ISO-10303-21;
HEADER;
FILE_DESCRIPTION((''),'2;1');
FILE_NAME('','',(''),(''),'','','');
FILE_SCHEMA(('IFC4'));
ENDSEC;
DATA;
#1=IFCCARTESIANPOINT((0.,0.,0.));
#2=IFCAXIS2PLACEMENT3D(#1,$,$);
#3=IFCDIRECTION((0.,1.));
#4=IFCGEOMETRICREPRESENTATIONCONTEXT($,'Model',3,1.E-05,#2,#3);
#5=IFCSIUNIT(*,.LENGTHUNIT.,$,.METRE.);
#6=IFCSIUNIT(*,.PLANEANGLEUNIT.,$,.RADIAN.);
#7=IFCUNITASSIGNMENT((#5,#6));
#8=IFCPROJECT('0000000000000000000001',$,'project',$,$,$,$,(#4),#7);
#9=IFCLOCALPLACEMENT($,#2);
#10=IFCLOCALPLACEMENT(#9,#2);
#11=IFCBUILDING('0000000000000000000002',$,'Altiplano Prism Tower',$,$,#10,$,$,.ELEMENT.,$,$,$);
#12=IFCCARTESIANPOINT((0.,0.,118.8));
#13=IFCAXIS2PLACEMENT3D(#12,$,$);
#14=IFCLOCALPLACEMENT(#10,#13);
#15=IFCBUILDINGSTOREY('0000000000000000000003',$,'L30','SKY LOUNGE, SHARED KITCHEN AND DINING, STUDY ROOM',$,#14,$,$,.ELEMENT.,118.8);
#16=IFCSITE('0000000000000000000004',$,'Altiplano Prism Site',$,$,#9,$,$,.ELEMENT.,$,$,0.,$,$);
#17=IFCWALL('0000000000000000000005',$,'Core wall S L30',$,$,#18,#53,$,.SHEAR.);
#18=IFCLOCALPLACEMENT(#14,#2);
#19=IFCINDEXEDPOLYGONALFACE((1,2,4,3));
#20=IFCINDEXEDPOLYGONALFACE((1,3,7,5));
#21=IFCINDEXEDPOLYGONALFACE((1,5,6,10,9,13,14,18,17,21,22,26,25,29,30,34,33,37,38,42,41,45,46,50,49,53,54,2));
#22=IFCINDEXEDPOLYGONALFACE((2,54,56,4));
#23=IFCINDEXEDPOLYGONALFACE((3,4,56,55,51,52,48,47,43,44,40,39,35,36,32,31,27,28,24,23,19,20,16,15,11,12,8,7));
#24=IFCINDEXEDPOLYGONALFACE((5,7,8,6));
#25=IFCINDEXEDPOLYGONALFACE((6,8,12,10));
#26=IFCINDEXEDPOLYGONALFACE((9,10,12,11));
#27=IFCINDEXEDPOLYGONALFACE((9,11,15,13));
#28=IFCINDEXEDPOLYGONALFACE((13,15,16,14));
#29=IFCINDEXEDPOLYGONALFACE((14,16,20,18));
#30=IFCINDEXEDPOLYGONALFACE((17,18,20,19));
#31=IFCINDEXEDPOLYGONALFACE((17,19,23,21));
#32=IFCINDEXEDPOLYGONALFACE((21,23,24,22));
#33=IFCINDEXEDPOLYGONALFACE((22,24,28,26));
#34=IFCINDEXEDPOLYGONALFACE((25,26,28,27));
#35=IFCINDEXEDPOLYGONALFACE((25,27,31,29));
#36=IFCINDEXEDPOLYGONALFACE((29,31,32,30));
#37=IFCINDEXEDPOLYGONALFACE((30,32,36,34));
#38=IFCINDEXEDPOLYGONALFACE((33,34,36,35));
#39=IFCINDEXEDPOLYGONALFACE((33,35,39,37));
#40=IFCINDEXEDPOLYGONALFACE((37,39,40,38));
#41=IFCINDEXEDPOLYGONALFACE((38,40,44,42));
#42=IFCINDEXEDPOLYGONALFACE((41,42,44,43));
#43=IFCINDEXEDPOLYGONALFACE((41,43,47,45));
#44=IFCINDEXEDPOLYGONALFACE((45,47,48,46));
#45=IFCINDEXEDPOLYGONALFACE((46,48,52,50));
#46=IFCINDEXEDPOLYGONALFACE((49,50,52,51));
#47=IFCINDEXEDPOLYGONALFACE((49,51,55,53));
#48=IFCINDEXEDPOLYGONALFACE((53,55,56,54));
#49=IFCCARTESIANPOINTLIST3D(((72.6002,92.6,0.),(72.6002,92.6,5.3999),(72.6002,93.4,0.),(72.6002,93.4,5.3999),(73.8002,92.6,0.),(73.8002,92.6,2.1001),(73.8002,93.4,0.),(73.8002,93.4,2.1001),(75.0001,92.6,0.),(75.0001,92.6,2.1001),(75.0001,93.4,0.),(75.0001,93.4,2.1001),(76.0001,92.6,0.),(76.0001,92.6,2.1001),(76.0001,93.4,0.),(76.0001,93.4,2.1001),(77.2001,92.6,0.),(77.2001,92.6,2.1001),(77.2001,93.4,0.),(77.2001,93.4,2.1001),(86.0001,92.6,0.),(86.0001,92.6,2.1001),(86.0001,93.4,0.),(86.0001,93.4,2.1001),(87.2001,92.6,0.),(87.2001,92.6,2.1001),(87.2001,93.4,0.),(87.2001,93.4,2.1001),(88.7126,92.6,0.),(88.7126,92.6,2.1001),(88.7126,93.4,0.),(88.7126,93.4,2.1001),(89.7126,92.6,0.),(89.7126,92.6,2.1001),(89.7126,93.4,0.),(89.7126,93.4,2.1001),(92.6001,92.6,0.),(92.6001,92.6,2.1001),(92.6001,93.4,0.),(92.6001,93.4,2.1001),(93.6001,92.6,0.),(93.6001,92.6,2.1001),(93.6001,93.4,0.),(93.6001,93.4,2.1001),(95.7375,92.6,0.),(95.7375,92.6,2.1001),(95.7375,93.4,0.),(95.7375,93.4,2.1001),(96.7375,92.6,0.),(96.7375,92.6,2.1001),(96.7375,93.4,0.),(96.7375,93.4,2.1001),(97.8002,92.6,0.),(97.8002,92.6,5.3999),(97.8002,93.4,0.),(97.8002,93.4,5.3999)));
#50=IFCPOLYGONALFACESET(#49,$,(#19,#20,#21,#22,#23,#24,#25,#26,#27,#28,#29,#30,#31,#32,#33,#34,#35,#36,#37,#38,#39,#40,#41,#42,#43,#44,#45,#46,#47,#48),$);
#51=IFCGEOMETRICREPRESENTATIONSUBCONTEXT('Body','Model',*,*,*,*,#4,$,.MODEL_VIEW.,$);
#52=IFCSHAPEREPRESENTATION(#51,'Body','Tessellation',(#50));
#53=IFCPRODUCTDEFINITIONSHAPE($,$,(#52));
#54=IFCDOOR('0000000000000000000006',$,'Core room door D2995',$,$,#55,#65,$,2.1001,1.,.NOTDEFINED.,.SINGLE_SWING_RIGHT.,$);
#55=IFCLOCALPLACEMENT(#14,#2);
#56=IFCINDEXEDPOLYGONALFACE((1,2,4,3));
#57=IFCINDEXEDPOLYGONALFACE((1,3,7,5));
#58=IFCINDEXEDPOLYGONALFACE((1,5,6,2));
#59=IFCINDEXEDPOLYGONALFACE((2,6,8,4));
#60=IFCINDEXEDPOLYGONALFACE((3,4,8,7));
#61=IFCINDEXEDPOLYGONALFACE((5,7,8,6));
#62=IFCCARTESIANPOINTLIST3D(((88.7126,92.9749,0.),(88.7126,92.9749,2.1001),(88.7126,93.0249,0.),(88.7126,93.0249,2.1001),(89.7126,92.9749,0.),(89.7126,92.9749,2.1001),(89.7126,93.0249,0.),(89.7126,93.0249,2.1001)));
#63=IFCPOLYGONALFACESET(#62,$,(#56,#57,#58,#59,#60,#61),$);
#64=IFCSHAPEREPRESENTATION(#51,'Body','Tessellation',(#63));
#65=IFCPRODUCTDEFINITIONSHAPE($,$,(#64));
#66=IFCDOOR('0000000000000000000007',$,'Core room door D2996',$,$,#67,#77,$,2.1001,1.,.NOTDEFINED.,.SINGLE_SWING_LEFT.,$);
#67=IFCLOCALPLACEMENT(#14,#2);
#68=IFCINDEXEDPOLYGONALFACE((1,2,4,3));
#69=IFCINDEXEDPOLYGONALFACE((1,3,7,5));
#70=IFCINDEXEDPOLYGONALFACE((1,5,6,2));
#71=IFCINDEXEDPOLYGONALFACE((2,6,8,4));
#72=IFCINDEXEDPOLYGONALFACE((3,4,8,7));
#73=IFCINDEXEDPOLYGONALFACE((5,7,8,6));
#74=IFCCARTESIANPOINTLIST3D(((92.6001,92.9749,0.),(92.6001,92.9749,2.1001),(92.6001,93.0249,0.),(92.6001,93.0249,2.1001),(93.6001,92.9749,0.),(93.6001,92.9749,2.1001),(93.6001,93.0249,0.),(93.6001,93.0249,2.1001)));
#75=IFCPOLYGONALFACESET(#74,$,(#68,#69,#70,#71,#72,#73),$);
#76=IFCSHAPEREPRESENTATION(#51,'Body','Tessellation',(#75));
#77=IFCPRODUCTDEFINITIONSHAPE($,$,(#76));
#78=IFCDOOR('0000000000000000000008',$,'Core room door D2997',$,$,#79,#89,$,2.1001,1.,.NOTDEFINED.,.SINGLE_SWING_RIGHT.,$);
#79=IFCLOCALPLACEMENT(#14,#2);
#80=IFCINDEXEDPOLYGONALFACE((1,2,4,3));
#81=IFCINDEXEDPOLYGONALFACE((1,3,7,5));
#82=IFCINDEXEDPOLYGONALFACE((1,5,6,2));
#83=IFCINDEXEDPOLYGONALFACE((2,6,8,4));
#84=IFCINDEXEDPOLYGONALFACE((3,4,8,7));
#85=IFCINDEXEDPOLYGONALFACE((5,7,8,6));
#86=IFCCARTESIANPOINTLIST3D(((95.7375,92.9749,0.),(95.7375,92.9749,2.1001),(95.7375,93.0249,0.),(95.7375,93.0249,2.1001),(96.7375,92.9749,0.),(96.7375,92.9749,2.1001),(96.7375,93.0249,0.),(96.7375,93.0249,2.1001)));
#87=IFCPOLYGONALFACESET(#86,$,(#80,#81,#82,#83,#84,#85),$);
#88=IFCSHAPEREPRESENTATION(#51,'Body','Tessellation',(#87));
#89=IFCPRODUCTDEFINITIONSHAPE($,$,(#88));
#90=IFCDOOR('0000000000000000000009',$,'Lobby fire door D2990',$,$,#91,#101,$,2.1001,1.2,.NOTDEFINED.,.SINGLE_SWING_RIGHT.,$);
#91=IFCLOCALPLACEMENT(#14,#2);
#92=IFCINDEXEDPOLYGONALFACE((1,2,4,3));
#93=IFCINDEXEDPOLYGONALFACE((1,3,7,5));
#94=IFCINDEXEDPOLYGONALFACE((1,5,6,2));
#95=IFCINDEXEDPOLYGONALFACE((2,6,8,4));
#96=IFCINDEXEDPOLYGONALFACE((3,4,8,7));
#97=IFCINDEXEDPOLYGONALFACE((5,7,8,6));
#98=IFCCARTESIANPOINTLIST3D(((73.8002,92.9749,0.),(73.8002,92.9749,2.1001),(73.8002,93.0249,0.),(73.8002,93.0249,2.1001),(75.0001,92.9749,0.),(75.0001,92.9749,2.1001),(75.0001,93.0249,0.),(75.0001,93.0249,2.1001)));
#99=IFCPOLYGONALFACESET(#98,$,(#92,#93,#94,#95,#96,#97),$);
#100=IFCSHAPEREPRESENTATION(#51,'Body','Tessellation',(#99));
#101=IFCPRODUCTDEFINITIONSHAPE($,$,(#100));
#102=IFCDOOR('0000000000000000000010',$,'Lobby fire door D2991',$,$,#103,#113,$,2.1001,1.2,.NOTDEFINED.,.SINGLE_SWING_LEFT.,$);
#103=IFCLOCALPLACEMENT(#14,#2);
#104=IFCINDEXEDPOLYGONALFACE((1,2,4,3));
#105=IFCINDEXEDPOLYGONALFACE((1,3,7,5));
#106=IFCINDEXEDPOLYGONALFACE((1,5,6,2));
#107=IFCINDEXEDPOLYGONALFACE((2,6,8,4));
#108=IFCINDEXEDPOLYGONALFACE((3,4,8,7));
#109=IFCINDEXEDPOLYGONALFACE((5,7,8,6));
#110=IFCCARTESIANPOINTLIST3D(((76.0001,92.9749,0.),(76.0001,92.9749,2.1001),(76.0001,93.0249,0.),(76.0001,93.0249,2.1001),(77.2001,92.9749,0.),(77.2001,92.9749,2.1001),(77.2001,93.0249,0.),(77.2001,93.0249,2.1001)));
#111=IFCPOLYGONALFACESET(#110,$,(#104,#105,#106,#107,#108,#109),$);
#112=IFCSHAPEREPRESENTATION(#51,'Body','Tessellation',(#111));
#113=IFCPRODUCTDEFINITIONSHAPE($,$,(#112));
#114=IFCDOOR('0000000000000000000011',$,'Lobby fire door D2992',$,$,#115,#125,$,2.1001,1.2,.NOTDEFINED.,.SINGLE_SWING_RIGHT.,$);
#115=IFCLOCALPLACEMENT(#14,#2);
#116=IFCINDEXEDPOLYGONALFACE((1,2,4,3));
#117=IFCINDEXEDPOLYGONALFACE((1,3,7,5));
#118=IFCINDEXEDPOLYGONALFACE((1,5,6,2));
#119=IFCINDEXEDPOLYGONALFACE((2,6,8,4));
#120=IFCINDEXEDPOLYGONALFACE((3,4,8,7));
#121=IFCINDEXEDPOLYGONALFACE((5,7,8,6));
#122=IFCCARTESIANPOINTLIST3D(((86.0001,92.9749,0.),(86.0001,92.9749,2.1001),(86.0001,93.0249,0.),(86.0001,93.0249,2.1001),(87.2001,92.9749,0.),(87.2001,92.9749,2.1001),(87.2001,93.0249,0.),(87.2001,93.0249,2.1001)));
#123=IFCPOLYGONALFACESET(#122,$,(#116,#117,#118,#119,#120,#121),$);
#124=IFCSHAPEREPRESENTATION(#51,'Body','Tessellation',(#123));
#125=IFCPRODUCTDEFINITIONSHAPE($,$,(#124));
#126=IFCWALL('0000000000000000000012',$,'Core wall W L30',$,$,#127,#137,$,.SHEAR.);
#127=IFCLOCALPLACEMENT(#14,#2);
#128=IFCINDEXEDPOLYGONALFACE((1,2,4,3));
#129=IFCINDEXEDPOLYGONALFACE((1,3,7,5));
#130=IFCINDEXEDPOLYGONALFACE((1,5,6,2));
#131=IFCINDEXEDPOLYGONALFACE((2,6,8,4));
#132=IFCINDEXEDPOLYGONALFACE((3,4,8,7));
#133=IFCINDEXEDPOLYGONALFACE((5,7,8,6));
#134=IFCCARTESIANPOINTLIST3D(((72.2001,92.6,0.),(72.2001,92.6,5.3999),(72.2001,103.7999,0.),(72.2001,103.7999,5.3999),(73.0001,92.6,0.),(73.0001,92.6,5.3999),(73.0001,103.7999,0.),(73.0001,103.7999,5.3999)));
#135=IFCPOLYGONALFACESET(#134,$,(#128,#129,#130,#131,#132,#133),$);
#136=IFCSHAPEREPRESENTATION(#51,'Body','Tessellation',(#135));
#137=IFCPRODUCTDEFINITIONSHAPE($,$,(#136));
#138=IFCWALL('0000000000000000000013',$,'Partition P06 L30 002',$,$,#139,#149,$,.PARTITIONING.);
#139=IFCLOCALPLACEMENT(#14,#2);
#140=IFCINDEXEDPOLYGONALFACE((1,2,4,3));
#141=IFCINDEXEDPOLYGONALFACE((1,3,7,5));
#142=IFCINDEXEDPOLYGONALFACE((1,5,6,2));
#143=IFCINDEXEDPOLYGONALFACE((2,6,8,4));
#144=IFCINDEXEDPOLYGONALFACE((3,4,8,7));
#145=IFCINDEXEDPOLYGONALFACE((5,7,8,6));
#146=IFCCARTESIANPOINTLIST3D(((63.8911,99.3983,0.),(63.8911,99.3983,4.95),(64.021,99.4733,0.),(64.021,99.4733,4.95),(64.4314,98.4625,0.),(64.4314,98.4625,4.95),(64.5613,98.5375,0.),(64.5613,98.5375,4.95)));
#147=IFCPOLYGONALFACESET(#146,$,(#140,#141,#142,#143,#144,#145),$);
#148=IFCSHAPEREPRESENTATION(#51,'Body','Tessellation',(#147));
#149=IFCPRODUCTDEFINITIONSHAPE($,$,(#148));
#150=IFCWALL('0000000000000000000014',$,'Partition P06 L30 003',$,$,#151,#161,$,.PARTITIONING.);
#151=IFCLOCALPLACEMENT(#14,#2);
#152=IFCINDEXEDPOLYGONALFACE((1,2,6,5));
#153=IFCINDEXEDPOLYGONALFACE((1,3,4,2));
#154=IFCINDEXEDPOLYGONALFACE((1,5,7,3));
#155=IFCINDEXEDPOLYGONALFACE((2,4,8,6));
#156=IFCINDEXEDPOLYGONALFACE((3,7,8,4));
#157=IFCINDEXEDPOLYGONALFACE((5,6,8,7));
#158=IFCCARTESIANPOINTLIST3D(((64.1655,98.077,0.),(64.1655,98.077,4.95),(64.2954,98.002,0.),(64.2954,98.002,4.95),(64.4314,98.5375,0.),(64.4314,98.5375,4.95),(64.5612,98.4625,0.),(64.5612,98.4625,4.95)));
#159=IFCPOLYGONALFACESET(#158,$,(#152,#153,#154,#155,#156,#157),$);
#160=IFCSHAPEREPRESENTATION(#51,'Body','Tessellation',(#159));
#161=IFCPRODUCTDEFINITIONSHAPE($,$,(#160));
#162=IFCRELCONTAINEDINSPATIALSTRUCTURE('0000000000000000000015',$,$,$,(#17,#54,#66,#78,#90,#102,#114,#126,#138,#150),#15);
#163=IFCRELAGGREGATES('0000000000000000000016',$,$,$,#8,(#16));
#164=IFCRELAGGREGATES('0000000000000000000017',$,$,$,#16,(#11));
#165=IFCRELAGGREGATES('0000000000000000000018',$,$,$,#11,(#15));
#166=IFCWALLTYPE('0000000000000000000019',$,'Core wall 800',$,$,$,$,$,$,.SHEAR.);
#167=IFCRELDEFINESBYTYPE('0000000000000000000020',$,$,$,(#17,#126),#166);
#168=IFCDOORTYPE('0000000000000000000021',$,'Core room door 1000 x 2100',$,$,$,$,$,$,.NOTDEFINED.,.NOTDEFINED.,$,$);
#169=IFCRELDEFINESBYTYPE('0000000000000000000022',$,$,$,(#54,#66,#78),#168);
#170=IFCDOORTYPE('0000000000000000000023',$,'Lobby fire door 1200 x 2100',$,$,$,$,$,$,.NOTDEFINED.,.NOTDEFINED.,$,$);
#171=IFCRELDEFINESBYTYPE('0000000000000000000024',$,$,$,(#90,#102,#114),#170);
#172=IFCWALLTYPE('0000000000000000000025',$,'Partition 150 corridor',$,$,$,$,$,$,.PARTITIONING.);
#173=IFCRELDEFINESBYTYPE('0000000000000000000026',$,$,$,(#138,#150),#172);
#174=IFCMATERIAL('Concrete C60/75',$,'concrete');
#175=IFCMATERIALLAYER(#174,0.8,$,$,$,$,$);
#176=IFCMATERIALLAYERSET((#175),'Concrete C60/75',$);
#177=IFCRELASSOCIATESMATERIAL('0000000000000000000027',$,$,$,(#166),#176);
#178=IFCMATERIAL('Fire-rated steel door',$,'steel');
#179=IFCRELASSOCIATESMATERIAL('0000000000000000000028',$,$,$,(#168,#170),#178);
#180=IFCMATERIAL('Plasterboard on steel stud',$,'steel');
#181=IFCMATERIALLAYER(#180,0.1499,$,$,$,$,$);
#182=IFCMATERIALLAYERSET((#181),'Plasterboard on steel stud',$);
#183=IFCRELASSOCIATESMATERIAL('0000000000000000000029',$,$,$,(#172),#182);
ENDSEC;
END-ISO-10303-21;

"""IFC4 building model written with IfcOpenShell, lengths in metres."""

from ifc_helpers import new_model, si_unit, direction, frame, frame_2d, origin, place, context, subcontext, project, spatial, rectangle, extrude, material, layer, layer_set, type_object, element, fill, save


model = new_model("IFC4")

# Units and contexts
model_context = context("Model", 3, precision=1e-05, world=origin(), true_north=direction((0.0, 1.0)))
body_context = subcontext(model_context, "Body", "Model", "MODEL_VIEW")
ifc_project = project(units=[si_unit("LENGTHUNIT", "METRE"), si_unit("PLANEANGLEUNIT", "RADIAN")], contexts=[model_context])

# Site, building, storey
site_placement = place(None, origin())
site = spatial("IfcSite", under=ifc_project, at=site_placement, Name="Altiplano Prism Site", CompositionType="ELEMENT", RefElevation=0.0)
building_placement = place(site_placement, origin())
building = spatial("IfcBuilding", under=site, at=building_placement, Name="Altiplano Prism Tower", CompositionType="ELEMENT")
storey_placement = place(building_placement, frame((0.0, 0.0, 118.8)))
storey = spatial("IfcBuildingStorey", under=building, at=storey_placement, Name="L30", Description="SKY LOUNGE, SHARED KITCHEN AND DINING, STUDY ROOM", CompositionType="ELEMENT", Elevation=118.8)

# Shared definitions
ifc_material_1 = material(Name="Concrete C60/75", Category="concrete")

# Wall, openings, doors
ifc_layer_1 = layer(ifc_material_1, 0.8)
ifc_layer_set_1 = layer_set([ifc_layer_1], Name="Concrete C60/75")
wall_type_1 = type_object("IfcWallType", Name="Core wall 800", PredefinedType="SHEAR", material=ifc_layer_set_1)
wall_1_placement = place(storey_placement, frame((72.6001, 93.0, 0.0), z_axis=(0.0, 0.0, 1.0), x_axis=(1.0, 0.0, 0.0)))
wall_1 = element("IfcWall", 1, at=wall_1_placement, inside=storey, type_object=wall_type_1, Name="Core wall S L30", PredefinedType="SHEAR", context=body_context, shape_type="SweptSolid", body=[
    extrude(rectangle(XDim=25.2, YDim=0.8, at=frame_2d((12.6001, 0.0))), origin(), (0.0, 0.0, 1.0), 5.3999),
])
opening_1_placement = place(wall_1_placement, frame((1.2, 0.0, 0.0)))
opening_1 = element("IfcOpeningElement", 2, at=opening_1_placement, cuts=wall_1, PredefinedType="OPENING", context=body_context, shape_type="SweptSolid", body=[
    extrude(rectangle(XDim=1.2, YDim=2.1001, at=frame_2d((0.6001, 1.05))), frame((0.0, 0.4106, 0.0), z_axis=(0.0, -1.0, 0.0), x_axis=(1.0, 0.0, 0.0)), (0.0, 0.0, 1.0), 0.821),
])
opening_2_placement = place(wall_1_placement, frame((3.3999, 0.0, 0.0)))
opening_2 = element("IfcOpeningElement", 3, at=opening_2_placement, cuts=wall_1, PredefinedType="OPENING", context=body_context, shape_type="SweptSolid", body=[
    extrude(rectangle(XDim=1.2, YDim=2.1001, at=frame_2d((0.6001, 1.05))), frame((0.0, 0.4106, 0.0), z_axis=(0.0, -1.0, 0.0), x_axis=(1.0, 0.0, 0.0)), (0.0, 0.0, 1.0), 0.821),
])
opening_3_placement = place(wall_1_placement, frame((13.3999, 0.0, 0.0)))
opening_3 = element("IfcOpeningElement", 4, at=opening_3_placement, cuts=wall_1, PredefinedType="OPENING", context=body_context, shape_type="SweptSolid", body=[
    extrude(rectangle(XDim=1.2, YDim=2.1001, at=frame_2d((0.6001, 1.05))), frame((0.0, 0.4106, 0.0), z_axis=(0.0, -1.0, 0.0), x_axis=(1.0, 0.0, 0.0)), (0.0, 0.0, 1.0), 0.821),
])
opening_4_placement = place(wall_1_placement, frame((16.1125, 0.0, 0.0)))
opening_4 = element("IfcOpeningElement", 5, at=opening_4_placement, cuts=wall_1, PredefinedType="OPENING", context=body_context, shape_type="SweptSolid", body=[
    extrude(rectangle(XDim=1.0, YDim=2.1001, at=frame_2d((0.5, 1.05))), frame((0.0, 0.4106, 0.0), z_axis=(0.0, -1.0, 0.0), x_axis=(1.0, 0.0, 0.0)), (0.0, 0.0, 1.0), 0.821),
])
opening_5_placement = place(wall_1_placement, frame((20.0, 0.0, 0.0)))
opening_5 = element("IfcOpeningElement", 6, at=opening_5_placement, cuts=wall_1, PredefinedType="OPENING", context=body_context, shape_type="SweptSolid", body=[
    extrude(rectangle(XDim=1.0, YDim=2.1001, at=frame_2d((0.5, 1.05))), frame((0.0, 0.4106, 0.0), z_axis=(0.0, -1.0, 0.0), x_axis=(1.0, 0.0, 0.0)), (0.0, 0.0, 1.0), 0.821),
])
opening_6_placement = place(wall_1_placement, frame((23.1375, 0.0, 0.0)))
opening_6 = element("IfcOpeningElement", 7, at=opening_6_placement, cuts=wall_1, PredefinedType="OPENING", context=body_context, shape_type="SweptSolid", body=[
    extrude(rectangle(XDim=1.0, YDim=2.1001, at=frame_2d((0.5, 1.05))), frame((0.0, 0.4106, 0.0), z_axis=(0.0, -1.0, 0.0), x_axis=(1.0, 0.0, 0.0)), (0.0, 0.0, 1.0), 0.821),
])
ifc_material_2 = material(Name="Fire-rated steel door", Category="steel")
door_type_1 = type_object("IfcDoorType", Name="Core room door 1000 x 2100", OperationType="NOTDEFINED", PredefinedType="NOTDEFINED", material=ifc_material_2)
door_1_placement = place(opening_4_placement, origin())
door_1 = element("IfcDoor", 8, at=door_1_placement, inside=storey, type_object=door_type_1, Name="Core room door D2995", OperationType="SINGLE_SWING_RIGHT", OverallHeight=2.1001, OverallWidth=1.0, PredefinedType="NOTDEFINED", context=body_context, shape_type="SweptSolid", body=[
    extrude(rectangle(XDim=1.0, YDim=2.1001, at=frame_2d((0.5, 1.05))), frame((0.0, 0.0249, 0.0), z_axis=(0.0, -1.0, 0.0), x_axis=(1.0, 0.0, 0.0)), (0.0, 0.0, 1.0), 0.05),
])
fill(opening_4, door_1)
door_2_placement = place(opening_5_placement, origin())
door_2 = element("IfcDoor", 9, at=door_2_placement, inside=storey, type_object=door_type_1, Name="Core room door D2996", OperationType="SINGLE_SWING_LEFT", OverallHeight=2.1001, OverallWidth=1.0, PredefinedType="NOTDEFINED", context=body_context, shape_type="SweptSolid", body=[
    extrude(rectangle(XDim=1.0, YDim=2.1001, at=frame_2d((0.5, 1.05))), frame((0.0, 0.0249, 0.0), z_axis=(0.0, -1.0, 0.0), x_axis=(1.0, 0.0, 0.0)), (0.0, 0.0, 1.0), 0.05),
])
fill(opening_5, door_2)
door_3_placement = place(opening_6_placement, origin())
door_3 = element("IfcDoor", 10, at=door_3_placement, inside=storey, type_object=door_type_1, Name="Core room door D2997", OperationType="SINGLE_SWING_RIGHT", OverallHeight=2.1001, OverallWidth=1.0, PredefinedType="NOTDEFINED", context=body_context, shape_type="SweptSolid", body=[
    extrude(rectangle(XDim=1.0, YDim=2.1001, at=frame_2d((0.5, 1.05))), frame((0.0, 0.0249, 0.0), z_axis=(0.0, -1.0, 0.0), x_axis=(1.0, 0.0, 0.0)), (0.0, 0.0, 1.0), 0.05),
])
fill(opening_6, door_3)
door_type_2 = type_object("IfcDoorType", Name="Lobby fire door 1200 x 2100", OperationType="NOTDEFINED", PredefinedType="NOTDEFINED", material=ifc_material_2)
door_4_placement = place(opening_1_placement, origin())
door_4 = element("IfcDoor", 11, at=door_4_placement, inside=storey, type_object=door_type_2, Name="Lobby fire door D2990", OperationType="SINGLE_SWING_RIGHT", OverallHeight=2.1001, OverallWidth=1.2, PredefinedType="NOTDEFINED", context=body_context, shape_type="SweptSolid", body=[
    extrude(rectangle(XDim=1.2, YDim=2.1001, at=frame_2d((0.6001, 1.05))), frame((0.0, 0.0249, 0.0), z_axis=(0.0, -1.0, 0.0), x_axis=(1.0, 0.0, 0.0)), (0.0, 0.0, 1.0), 0.05),
])
fill(opening_1, door_4)
door_5_placement = place(opening_2_placement, origin())
door_5 = element("IfcDoor", 12, at=door_5_placement, inside=storey, type_object=door_type_2, Name="Lobby fire door D2991", OperationType="SINGLE_SWING_LEFT", OverallHeight=2.1001, OverallWidth=1.2, PredefinedType="NOTDEFINED", context=body_context, shape_type="SweptSolid", body=[
    extrude(rectangle(XDim=1.2, YDim=2.1001, at=frame_2d((0.6001, 1.05))), frame((0.0, 0.0249, 0.0), z_axis=(0.0, -1.0, 0.0), x_axis=(1.0, 0.0, 0.0)), (0.0, 0.0, 1.0), 0.05),
])
fill(opening_2, door_5)
door_6_placement = place(opening_3_placement, origin())
door_6 = element("IfcDoor", 13, at=door_6_placement, inside=storey, type_object=door_type_2, Name="Lobby fire door D2992", OperationType="SINGLE_SWING_RIGHT", OverallHeight=2.1001, OverallWidth=1.2, PredefinedType="NOTDEFINED", context=body_context, shape_type="SweptSolid", body=[
    extrude(rectangle(XDim=1.2, YDim=2.1001, at=frame_2d((0.6001, 1.05))), frame((0.0, 0.0249, 0.0), z_axis=(0.0, -1.0, 0.0), x_axis=(1.0, 0.0, 0.0)), (0.0, 0.0, 1.0), 0.05),
])
fill(opening_3, door_6)

# Walls
wall_2_placement = place(storey_placement, frame((72.6001, 103.8, 0.0), z_axis=(0.0, 0.0, 1.0), x_axis=(0.0, -1.0, 0.0)))
element("IfcWall", 14, at=wall_2_placement, inside=storey, type_object=wall_type_1, Name="Core wall W L30", PredefinedType="SHEAR", context=body_context, shape_type="SweptSolid", body=[
    extrude(rectangle(XDim=11.2, YDim=0.8, at=frame_2d((5.6001, 0.0))), origin(), (0.0, 0.0, 1.0), 5.3999),
])
ifc_material_3 = material(Name="Plasterboard on steel stud", Category="steel")
ifc_layer_2 = layer(ifc_material_3, 0.1499)
ifc_layer_set_2 = layer_set([ifc_layer_2], Name="Plasterboard on steel stud")
wall_type_2 = type_object("IfcWallType", Name="Partition 150 corridor", PredefinedType="PARTITIONING", material=ifc_layer_set_2)
wall_3_placement = place(storey_placement, frame((63.9561, 99.4358, 0.0), z_axis=(0.0, 0.0, 1.0), x_axis=(0.500003, -0.866024, 0.0)))
element("IfcWall", 15, at=wall_3_placement, inside=storey, type_object=wall_type_2, Name="Partition P06 L30 002", PredefinedType="PARTITIONING", context=body_context, shape_type="SweptSolid", body=[
    extrude(rectangle(XDim=1.0806, YDim=0.1499, at=frame_2d((0.5403, 0.0))), origin(), (0.0, 0.0, 1.0), 4.95),
])
wall_4_placement = place(storey_placement, frame((64.4963, 98.5, 0.0), z_axis=(0.0, 0.0, 1.0), x_axis=(-0.50004, -0.866002, 0.0)))
element("IfcWall", 16, at=wall_4_placement, inside=storey, type_object=wall_type_2, Name="Partition P06 L30 003", PredefinedType="PARTITIONING", context=body_context, shape_type="SweptSolid", body=[
    extrude(rectangle(XDim=0.5317, YDim=0.1499, at=frame_2d((0.2659, 0.0))), origin(), (0.0, 0.0, 1.0), 4.95),
])

save(model, "model.ifc")
